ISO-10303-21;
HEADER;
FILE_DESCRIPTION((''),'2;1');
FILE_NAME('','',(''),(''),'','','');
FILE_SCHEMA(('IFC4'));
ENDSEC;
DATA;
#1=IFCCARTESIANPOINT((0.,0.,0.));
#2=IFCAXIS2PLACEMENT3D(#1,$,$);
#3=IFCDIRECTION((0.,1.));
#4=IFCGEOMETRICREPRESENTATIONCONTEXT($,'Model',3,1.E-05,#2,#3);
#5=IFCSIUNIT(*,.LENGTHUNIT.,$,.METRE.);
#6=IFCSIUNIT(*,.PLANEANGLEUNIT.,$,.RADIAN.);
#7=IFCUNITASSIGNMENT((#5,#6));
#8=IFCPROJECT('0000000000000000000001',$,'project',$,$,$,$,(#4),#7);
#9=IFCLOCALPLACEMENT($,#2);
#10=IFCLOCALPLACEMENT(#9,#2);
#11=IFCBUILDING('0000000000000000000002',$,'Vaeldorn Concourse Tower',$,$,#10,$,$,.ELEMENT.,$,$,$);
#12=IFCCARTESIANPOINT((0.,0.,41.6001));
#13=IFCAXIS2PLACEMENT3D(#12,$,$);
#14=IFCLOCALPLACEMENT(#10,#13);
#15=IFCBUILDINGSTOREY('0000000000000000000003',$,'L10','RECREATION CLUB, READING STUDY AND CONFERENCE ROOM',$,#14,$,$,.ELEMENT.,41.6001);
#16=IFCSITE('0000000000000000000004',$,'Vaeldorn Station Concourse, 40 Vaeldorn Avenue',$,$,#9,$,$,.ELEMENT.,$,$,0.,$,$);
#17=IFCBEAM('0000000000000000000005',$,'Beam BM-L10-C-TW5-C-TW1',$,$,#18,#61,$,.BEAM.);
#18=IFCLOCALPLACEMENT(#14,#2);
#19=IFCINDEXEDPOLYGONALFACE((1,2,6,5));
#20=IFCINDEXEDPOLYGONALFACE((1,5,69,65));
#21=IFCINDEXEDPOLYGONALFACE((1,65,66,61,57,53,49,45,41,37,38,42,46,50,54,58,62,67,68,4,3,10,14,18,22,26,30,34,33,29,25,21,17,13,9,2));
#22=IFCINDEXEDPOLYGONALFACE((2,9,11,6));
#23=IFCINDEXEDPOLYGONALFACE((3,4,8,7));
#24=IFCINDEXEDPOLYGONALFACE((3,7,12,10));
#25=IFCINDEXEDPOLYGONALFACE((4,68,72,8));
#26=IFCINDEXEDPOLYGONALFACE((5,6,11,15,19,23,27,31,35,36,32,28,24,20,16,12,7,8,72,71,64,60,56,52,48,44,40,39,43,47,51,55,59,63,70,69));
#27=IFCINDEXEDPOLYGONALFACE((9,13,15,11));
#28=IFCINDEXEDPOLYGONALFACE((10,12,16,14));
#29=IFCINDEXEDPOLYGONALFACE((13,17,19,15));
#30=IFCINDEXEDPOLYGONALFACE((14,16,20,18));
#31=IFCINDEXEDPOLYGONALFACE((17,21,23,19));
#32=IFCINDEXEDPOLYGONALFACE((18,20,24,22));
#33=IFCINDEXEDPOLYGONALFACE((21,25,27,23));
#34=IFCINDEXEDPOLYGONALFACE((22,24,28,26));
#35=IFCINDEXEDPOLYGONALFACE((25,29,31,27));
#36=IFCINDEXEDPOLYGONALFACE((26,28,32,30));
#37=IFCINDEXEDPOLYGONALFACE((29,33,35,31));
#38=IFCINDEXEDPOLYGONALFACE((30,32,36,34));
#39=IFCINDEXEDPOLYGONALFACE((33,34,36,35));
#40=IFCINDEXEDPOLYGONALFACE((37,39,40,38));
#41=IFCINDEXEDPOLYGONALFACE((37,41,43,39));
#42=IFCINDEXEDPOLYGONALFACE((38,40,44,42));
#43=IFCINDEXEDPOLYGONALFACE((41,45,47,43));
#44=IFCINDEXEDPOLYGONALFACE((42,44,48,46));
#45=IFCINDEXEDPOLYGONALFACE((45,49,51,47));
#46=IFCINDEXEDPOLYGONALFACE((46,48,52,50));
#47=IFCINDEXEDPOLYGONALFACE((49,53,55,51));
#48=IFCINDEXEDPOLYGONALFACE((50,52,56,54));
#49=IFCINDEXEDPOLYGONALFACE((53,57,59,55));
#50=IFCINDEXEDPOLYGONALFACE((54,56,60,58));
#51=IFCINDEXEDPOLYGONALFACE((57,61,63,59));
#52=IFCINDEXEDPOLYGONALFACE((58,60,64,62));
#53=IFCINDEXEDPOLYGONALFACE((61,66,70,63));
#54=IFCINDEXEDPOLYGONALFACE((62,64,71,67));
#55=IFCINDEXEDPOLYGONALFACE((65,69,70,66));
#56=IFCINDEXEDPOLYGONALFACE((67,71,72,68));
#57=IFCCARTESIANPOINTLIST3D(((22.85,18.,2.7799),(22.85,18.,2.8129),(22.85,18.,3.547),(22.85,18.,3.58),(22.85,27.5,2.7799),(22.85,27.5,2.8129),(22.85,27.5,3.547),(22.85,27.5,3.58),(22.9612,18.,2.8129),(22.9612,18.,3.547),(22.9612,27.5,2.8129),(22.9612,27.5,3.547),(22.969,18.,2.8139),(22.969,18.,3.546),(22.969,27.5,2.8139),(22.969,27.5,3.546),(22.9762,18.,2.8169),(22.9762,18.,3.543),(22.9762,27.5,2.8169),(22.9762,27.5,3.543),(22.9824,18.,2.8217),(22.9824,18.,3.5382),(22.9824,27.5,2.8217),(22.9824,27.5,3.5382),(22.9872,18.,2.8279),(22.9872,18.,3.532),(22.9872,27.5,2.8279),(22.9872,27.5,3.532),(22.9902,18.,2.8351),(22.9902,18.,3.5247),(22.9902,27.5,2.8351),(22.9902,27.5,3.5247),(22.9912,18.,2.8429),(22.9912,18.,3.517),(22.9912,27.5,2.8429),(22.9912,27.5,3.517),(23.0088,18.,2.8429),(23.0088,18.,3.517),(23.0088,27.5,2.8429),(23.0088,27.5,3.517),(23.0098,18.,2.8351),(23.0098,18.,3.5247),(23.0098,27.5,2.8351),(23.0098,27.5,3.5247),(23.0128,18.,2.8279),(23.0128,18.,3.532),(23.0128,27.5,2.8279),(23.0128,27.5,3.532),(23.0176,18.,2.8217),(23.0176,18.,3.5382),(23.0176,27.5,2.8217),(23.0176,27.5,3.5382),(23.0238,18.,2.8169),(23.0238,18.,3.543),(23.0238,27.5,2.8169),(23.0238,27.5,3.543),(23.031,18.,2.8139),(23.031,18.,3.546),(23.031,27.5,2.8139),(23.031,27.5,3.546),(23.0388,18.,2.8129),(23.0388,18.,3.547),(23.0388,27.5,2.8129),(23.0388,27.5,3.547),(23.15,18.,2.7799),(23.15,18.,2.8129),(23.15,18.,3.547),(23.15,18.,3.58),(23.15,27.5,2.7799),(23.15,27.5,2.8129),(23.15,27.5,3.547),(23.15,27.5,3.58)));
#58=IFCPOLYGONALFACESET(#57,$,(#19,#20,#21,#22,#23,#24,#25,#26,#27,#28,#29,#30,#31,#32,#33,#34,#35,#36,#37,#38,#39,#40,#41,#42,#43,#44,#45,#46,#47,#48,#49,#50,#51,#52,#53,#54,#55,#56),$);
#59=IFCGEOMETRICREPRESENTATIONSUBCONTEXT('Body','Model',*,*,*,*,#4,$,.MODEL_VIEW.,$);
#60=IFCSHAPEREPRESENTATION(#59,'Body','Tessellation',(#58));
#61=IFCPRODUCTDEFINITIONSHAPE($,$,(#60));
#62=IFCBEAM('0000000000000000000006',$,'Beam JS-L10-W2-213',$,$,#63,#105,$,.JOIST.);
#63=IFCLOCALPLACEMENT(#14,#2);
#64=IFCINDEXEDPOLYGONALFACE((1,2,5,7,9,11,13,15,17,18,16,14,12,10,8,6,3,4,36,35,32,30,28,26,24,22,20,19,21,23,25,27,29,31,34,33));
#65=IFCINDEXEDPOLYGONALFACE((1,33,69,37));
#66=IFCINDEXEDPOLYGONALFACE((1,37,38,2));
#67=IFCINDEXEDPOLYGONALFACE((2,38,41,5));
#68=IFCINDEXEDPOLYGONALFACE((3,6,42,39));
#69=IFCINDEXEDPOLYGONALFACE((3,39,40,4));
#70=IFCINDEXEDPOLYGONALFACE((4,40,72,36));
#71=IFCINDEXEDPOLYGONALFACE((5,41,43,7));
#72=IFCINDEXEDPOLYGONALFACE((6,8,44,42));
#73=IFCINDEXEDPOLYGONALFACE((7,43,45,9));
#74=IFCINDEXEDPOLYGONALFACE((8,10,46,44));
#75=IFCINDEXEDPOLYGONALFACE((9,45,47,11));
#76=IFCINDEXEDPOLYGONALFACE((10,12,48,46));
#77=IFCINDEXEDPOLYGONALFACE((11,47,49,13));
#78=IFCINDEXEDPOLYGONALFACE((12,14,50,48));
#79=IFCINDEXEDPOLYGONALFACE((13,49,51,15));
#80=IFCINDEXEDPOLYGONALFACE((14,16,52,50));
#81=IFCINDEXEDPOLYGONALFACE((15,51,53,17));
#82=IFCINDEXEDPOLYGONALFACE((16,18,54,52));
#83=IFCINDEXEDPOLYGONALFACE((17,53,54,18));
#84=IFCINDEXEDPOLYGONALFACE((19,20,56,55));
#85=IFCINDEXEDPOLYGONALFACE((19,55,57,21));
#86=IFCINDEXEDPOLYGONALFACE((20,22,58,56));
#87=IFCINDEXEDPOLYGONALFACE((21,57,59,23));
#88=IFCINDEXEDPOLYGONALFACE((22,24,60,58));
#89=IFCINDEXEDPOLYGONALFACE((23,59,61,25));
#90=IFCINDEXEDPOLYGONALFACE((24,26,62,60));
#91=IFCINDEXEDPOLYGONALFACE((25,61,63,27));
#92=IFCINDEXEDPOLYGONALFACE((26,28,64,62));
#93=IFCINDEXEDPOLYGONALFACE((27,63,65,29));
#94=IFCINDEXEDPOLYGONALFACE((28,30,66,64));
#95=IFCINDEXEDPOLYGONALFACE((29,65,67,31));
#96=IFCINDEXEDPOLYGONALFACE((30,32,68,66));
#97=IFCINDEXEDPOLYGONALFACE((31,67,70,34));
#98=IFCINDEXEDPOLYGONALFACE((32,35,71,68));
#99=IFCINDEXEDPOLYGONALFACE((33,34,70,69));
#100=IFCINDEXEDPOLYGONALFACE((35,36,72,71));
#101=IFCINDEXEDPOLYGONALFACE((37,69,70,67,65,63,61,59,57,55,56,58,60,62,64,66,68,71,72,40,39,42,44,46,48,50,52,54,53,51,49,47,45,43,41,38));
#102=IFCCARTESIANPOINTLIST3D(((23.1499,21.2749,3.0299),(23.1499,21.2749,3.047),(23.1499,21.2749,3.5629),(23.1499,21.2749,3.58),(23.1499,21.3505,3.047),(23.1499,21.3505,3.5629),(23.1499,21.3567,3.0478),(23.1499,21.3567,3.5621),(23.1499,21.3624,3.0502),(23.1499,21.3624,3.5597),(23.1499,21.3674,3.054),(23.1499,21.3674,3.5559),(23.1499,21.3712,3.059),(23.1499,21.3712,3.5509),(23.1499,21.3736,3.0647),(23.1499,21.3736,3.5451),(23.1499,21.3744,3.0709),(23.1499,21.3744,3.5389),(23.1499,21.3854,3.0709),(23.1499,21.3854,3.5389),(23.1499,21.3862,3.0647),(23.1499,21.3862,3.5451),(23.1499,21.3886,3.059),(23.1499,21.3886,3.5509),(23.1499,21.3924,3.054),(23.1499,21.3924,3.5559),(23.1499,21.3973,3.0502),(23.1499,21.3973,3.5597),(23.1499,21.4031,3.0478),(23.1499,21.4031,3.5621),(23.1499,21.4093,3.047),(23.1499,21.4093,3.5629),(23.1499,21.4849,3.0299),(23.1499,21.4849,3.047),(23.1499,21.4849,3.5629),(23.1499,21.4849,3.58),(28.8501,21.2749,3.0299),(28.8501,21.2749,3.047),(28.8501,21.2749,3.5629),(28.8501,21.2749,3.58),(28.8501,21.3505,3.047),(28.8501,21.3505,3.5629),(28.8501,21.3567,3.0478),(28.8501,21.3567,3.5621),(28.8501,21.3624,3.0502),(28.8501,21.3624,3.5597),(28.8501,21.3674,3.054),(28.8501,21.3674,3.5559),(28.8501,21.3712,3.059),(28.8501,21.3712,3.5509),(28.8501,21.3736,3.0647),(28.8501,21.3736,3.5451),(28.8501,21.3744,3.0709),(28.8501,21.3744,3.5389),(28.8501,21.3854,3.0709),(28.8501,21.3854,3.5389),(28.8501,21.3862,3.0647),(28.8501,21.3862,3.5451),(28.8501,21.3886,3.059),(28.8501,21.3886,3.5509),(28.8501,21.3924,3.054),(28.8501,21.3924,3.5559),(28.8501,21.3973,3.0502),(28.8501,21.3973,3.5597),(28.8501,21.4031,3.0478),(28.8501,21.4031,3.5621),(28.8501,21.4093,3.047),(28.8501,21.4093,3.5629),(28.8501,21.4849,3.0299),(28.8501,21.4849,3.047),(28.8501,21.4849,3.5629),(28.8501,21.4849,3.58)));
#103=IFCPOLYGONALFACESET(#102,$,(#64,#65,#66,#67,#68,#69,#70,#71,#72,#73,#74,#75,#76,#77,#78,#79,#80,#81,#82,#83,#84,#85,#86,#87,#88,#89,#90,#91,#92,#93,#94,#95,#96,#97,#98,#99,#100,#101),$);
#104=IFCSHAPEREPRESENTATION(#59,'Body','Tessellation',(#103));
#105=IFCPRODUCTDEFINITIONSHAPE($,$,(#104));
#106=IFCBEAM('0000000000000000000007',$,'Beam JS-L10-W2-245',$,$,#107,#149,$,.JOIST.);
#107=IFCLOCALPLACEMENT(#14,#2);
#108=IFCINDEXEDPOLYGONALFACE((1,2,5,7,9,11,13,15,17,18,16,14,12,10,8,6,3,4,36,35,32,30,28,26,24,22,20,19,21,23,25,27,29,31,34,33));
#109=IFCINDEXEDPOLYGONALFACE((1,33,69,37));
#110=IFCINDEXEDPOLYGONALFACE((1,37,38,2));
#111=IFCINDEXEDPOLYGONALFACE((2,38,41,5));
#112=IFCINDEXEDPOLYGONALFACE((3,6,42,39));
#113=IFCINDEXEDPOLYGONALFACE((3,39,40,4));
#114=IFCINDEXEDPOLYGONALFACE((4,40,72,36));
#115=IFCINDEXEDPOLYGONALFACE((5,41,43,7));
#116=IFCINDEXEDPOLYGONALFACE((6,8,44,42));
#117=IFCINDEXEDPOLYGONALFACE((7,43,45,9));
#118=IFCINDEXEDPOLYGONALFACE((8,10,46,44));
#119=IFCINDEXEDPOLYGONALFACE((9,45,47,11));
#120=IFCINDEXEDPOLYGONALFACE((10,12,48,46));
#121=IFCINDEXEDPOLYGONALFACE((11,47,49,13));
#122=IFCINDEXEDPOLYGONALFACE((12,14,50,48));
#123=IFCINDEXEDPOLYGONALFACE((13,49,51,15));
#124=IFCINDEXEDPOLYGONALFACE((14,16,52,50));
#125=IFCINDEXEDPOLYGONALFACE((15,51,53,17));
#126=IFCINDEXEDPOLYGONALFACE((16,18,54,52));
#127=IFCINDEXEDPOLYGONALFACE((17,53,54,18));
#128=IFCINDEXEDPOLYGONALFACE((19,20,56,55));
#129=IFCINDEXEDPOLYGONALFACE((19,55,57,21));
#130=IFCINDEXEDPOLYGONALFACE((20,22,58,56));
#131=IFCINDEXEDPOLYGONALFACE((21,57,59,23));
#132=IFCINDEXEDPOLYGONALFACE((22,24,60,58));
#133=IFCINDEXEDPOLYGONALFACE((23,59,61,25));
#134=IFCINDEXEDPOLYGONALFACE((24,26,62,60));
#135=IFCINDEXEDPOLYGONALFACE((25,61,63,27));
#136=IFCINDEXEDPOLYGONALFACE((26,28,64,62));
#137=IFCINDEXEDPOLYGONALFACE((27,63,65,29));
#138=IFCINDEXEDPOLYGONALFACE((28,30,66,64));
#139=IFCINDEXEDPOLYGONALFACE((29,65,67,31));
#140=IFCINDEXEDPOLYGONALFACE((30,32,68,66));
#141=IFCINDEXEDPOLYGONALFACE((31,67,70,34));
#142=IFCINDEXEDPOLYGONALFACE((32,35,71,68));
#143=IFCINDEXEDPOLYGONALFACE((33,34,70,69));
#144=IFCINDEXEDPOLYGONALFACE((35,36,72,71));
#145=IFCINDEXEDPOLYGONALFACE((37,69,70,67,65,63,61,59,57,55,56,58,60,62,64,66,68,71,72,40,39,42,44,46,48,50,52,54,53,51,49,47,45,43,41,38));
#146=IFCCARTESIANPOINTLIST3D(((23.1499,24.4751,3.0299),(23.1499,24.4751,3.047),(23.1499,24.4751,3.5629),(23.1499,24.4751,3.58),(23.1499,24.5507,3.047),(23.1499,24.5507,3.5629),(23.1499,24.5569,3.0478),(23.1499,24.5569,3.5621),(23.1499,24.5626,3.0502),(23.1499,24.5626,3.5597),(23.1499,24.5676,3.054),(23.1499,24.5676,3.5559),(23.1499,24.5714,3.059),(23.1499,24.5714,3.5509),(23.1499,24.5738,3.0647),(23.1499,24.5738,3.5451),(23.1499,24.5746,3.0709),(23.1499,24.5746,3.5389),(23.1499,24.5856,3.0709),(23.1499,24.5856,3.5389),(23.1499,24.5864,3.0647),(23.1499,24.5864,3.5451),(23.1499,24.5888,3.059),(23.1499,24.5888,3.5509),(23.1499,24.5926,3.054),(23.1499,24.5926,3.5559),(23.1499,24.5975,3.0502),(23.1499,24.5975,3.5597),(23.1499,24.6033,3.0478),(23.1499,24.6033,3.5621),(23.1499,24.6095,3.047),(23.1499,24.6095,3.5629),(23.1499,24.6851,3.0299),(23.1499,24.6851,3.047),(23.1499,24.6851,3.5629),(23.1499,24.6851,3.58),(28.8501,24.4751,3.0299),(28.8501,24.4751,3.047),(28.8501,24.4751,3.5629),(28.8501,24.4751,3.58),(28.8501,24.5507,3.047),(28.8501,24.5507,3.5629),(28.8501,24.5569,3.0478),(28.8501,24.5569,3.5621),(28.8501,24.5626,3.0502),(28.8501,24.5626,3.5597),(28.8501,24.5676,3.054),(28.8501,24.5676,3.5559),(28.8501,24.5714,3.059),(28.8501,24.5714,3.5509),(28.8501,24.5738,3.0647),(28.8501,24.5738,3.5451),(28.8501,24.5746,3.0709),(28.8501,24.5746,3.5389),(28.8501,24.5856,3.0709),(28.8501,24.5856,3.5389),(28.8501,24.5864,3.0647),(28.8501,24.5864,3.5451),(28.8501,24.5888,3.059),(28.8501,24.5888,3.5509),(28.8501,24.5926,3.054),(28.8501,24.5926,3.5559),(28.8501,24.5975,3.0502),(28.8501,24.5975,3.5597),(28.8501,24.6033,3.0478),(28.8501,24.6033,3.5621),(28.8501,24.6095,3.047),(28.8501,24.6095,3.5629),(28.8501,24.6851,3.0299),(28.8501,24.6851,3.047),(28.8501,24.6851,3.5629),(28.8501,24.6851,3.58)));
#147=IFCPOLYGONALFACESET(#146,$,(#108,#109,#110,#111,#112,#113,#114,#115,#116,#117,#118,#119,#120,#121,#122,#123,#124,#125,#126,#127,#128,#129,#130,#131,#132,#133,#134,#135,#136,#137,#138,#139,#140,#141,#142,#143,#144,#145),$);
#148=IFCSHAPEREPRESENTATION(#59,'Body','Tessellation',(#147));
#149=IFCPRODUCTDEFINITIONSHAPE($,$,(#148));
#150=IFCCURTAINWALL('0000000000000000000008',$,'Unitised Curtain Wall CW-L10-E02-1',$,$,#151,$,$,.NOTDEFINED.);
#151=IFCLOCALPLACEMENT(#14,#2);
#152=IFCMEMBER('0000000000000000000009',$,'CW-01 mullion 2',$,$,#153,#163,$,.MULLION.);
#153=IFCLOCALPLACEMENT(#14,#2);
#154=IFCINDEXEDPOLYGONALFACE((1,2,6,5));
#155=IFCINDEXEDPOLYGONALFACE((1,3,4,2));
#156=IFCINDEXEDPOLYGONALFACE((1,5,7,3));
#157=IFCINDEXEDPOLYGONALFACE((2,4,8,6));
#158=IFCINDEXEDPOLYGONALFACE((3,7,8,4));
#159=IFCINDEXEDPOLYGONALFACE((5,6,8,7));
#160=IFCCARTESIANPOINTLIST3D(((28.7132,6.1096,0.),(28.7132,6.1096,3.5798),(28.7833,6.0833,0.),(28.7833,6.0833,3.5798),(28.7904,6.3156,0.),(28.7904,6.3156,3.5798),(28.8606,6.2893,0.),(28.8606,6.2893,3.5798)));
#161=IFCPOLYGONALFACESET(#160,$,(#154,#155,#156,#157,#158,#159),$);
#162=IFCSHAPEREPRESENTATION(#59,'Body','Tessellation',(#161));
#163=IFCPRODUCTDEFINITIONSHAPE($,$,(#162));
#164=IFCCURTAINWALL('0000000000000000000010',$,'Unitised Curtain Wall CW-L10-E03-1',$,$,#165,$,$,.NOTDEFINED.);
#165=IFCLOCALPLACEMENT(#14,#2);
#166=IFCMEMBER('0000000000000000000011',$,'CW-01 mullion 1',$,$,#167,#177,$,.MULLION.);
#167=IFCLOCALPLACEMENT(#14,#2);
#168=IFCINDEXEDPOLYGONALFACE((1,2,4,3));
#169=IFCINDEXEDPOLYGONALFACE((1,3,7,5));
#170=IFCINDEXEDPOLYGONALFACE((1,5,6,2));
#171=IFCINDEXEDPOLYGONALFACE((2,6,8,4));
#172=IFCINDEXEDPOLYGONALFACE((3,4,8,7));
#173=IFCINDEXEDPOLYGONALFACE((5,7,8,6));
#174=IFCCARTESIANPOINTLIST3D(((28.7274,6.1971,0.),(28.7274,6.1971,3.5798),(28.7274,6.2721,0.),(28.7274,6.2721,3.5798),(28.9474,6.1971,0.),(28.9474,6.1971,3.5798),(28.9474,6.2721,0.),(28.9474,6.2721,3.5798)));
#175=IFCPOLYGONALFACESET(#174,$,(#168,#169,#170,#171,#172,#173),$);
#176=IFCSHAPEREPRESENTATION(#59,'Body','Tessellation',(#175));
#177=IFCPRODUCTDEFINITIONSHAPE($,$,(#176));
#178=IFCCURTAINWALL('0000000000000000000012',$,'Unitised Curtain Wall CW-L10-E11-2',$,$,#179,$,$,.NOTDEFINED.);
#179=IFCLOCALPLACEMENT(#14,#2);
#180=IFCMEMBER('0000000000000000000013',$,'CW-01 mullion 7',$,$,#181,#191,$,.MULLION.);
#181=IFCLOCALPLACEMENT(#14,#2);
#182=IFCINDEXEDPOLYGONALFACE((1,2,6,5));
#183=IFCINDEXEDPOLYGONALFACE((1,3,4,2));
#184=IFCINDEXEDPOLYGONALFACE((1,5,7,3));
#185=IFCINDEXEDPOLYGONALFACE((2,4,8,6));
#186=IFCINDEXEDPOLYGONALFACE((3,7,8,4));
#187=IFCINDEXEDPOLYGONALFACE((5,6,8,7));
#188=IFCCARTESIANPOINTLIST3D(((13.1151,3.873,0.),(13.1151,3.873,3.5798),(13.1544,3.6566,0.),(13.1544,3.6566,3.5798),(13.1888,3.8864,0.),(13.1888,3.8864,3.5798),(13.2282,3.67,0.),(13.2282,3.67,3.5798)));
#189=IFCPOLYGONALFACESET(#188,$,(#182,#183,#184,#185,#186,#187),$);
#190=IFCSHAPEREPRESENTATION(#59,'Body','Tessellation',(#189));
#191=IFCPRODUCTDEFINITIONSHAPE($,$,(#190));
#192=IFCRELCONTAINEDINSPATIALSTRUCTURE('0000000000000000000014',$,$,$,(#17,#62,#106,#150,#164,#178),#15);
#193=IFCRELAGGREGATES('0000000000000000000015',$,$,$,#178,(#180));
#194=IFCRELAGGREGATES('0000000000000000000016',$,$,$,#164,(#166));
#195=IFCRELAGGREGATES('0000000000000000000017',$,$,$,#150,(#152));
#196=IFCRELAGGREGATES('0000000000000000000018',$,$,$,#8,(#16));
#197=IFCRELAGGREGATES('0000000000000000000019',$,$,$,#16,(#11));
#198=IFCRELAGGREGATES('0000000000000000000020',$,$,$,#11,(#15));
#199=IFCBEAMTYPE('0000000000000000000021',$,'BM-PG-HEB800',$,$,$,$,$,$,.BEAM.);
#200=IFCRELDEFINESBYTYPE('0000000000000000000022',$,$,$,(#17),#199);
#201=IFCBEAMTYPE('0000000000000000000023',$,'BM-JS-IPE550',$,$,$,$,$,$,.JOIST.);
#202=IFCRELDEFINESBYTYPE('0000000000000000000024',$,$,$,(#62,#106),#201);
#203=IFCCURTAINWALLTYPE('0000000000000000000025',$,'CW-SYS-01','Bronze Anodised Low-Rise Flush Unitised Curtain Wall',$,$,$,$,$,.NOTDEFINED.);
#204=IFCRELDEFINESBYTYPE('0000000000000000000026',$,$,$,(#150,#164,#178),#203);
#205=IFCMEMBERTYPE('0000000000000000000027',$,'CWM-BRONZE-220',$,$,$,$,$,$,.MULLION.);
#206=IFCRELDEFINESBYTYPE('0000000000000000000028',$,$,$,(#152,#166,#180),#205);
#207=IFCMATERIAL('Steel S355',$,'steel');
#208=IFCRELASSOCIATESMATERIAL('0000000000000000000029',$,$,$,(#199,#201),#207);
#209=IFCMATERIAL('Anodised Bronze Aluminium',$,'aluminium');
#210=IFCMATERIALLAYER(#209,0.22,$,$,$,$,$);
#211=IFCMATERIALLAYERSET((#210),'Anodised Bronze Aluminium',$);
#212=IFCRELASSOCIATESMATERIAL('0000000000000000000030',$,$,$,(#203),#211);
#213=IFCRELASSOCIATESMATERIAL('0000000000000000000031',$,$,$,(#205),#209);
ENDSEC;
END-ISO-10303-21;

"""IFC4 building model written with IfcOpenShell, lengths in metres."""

from ifc_helpers import new_model, si_unit, direction, frame, origin, origin_2d, place, context, subcontext, project, spatial, rectangle, i_section, extrude, source, transform, mapped, material, layer, layer_set, material_profile, profile_set, type_object, element, aggregate, save


model = new_model("IFC4")

# Units and contexts
model_context = context("Model", 3, precision=1e-05, world=origin(), true_north=direction((0.0, 1.0)))
body_context = subcontext(model_context, "Body", "Model", "MODEL_VIEW")
ifc_project = project(units=[si_unit("LENGTHUNIT", "METRE"), si_unit("PLANEANGLEUNIT", "RADIAN")], contexts=[model_context])

# Site, building, storey
site_placement = place(None, origin())
site = spatial("IfcSite", under=ifc_project, at=site_placement, Name="Vaeldorn Station Concourse, 40 Vaeldorn Avenue", CompositionType="ELEMENT", RefElevation=0.0)
building_placement = place(site_placement, origin())
building = spatial("IfcBuilding", under=site, at=building_placement, Name="Vaeldorn Concourse Tower", CompositionType="ELEMENT")
storey_placement = place(building_placement, frame((0.0, 0.0, 41.6001)))
storey = spatial("IfcBuildingStorey", under=building, at=storey_placement, Name="L10", Description="RECREATION CLUB, READING STUDY AND CONFERENCE ROOM", CompositionType="ELEMENT", Elevation=41.6001)

# Beams
ifc_material_1 = material(Name="Steel S355", Category="steel")
ifc_material_profile_1 = material_profile(ifc_material_1, i_section(OverallWidth=0.3, OverallDepth=0.8, WebThickness=0.0176, FlangeThickness=0.033, FilletRadius=0.03, at=origin_2d()), Name="HEB 800")
ifc_profile_set_1 = profile_set([ifc_material_profile_1], Name="Steel S355")
beam_type_1 = type_object("IfcBeamType", Name="BM-PG-HEB800", PredefinedType="BEAM", material=ifc_profile_set_1)
shared_shape_1 = source(origin(), body_context, "Body", "SweptSolid", [
    extrude(i_section(OverallWidth=0.3, OverallDepth=0.8, WebThickness=0.0176, FlangeThickness=0.033, FilletRadius=0.03, at=origin_2d()), origin(), (0.0, 0.0, 1.0), 9.5),
])
beam_1_placement = place(storey_placement, frame((23.0, 18.0, 3.1799), z_axis=(0.0, 1.0, 0.0), x_axis=(-1.0, 0.0, 0.0)))
element("IfcBeam", 1, at=beam_1_placement, inside=storey, type_object=beam_type_1, Name="Beam BM-L10-C-TW5-C-TW1", PredefinedType="BEAM", context=body_context, shape_type="MappedRepresentation", body=[
    mapped(shared_shape_1, transform((0.0, 0.0, 0.0), scale=1.0)),
])
ifc_material_profile_2 = material_profile(ifc_material_1, i_section(OverallWidth=0.21, OverallDepth=0.55, WebThickness=0.011, FlangeThickness=0.0171, FilletRadius=0.0239, at=origin_2d()), Name="IPE 550")
ifc_profile_set_2 = profile_set([ifc_material_profile_2], Name="Steel S355")
beam_type_2 = type_object("IfcBeamType", Name="BM-JS-IPE550", PredefinedType="JOIST", material=ifc_profile_set_2)
shared_shape_2 = source(origin(), body_context, "Body", "SweptSolid", [
    extrude(i_section(OverallWidth=0.21, OverallDepth=0.55, WebThickness=0.011, FlangeThickness=0.0171, FilletRadius=0.0239, at=origin_2d()), origin(), (0.0, 0.0, 1.0), 5.7002),
])
for number, where, z_axis, x_axis, name in (
    (2, (23.1499, 21.3799, 3.3049), (1.0, 0.0, 0.0), (0.0, 1.0, 0.0), "Beam JS-L10-W2-213"),
    (3, (23.1499, 24.5801, 3.3049), (1.0, 0.0, 0.0), (0.0, 1.0, 0.0), "Beam JS-L10-W2-245"),
):
    element("IfcBeam", number, at=place(storey_placement, frame(where, z_axis=z_axis, x_axis=x_axis)), inside=storey, type_object=beam_type_2, Name=name, PredefinedType="JOIST", context=body_context, shape_type="MappedRepresentation", body=[
        mapped(shared_shape_2, transform((0.0, 0.0, 0.0), scale=1.0)),
    ])

# Curtain walls, members
ifc_material_2 = material(Name="Anodised Bronze Aluminium", Category="aluminium")
ifc_layer_1 = layer(ifc_material_2, 0.22)
ifc_layer_set_1 = layer_set([ifc_layer_1], Name="Anodised Bronze Aluminium")
curtain_wall_type = type_object("IfcCurtainWallType", Name="CW-SYS-01", Description="Bronze Anodised Low-Rise Flush Unitised Curtain Wall", PredefinedType="NOTDEFINED", material=ifc_layer_set_1)
curtain_wall_1_placement = place(storey_placement, origin())
curtain_wall_1 = element("IfcCurtainWall", 4, at=curtain_wall_1_placement, inside=storey, type_object=curtain_wall_type, Name="Unitised Curtain Wall CW-L10-E02-1", PredefinedType="NOTDEFINED")
ifc_material_profile_3 = material_profile(ifc_material_2, rectangle(XDim=0.075, YDim=0.22, at=origin_2d()), Name="CWM 75x220")
ifc_profile_set_3 = profile_set([ifc_material_profile_3], Name="Anodised Bronze Aluminium")
member_type_1 = type_object("IfcMemberType", Name="CWM-BRONZE-220", PredefinedType="MULLION", material=ifc_profile_set_3)
shared_shape_3 = source(origin(), body_context, "Body", "SweptSolid", [
    extrude(rectangle(XDim=0.075, YDim=0.22, at=origin_2d()), origin(), (0.0, 0.0, 1.0), 3.5798),
])
member_1_placement = place(storey_placement, frame((28.7869, 6.1995, 0.0), z_axis=(0.0, 0.0, 1.0), x_axis=(-0.936329, 0.351123, 0.0)))
member_1 = element("IfcMember", 5, at=member_1_placement, type_object=member_type_1, Name="CW-01 mullion 2", PredefinedType="MULLION", context=body_context, shape_type="MappedRepresentation", body=[
    mapped(shared_shape_3, transform((0.0, 0.0, 0.0), scale=1.0)),
])
curtain_wall_2_placement = place(storey_placement, origin())
curtain_wall_2 = element("IfcCurtainWall", 6, at=curtain_wall_2_placement, inside=storey, type_object=curtain_wall_type, Name="Unitised Curtain Wall CW-L10-E03-1", PredefinedType="NOTDEFINED")
member_2_placement = place(storey_placement, frame((28.8374, 6.2346, 0.0), z_axis=(0.0, 0.0, 1.0), x_axis=(0.0, 1.0, 0.0)))
member_2 = element("IfcMember", 7, at=member_2_placement, type_object=member_type_1, Name="CW-01 mullion 1", PredefinedType="MULLION", context=body_context, shape_type="MappedRepresentation", body=[
    mapped(shared_shape_3, transform((0.0, 0.0, 0.0), scale=1.0)),
])
curtain_wall_3_placement = place(storey_placement, origin())
curtain_wall_3 = element("IfcCurtainWall", 8, at=curtain_wall_3_placement, inside=storey, type_object=curtain_wall_type, Name="Unitised Curtain Wall CW-L10-E11-2", PredefinedType="NOTDEFINED")
member_3_placement = place(storey_placement, frame((13.1716, 3.7715, 0.0), z_axis=(0.0, 0.0, 1.0), x_axis=(0.983859, 0.178944, 0.0)))
member_3 = element("IfcMember", 9, at=member_3_placement, type_object=member_type_1, Name="CW-01 mullion 7", PredefinedType="MULLION", context=body_context, shape_type="MappedRepresentation", body=[
    mapped(shared_shape_3, transform((0.0, 0.0, 0.0), scale=1.0)),
])
aggregate(curtain_wall_3, [member_3])

aggregate(curtain_wall_2, [member_2])

aggregate(curtain_wall_1, [member_1])

save(model, "model.ifc")
